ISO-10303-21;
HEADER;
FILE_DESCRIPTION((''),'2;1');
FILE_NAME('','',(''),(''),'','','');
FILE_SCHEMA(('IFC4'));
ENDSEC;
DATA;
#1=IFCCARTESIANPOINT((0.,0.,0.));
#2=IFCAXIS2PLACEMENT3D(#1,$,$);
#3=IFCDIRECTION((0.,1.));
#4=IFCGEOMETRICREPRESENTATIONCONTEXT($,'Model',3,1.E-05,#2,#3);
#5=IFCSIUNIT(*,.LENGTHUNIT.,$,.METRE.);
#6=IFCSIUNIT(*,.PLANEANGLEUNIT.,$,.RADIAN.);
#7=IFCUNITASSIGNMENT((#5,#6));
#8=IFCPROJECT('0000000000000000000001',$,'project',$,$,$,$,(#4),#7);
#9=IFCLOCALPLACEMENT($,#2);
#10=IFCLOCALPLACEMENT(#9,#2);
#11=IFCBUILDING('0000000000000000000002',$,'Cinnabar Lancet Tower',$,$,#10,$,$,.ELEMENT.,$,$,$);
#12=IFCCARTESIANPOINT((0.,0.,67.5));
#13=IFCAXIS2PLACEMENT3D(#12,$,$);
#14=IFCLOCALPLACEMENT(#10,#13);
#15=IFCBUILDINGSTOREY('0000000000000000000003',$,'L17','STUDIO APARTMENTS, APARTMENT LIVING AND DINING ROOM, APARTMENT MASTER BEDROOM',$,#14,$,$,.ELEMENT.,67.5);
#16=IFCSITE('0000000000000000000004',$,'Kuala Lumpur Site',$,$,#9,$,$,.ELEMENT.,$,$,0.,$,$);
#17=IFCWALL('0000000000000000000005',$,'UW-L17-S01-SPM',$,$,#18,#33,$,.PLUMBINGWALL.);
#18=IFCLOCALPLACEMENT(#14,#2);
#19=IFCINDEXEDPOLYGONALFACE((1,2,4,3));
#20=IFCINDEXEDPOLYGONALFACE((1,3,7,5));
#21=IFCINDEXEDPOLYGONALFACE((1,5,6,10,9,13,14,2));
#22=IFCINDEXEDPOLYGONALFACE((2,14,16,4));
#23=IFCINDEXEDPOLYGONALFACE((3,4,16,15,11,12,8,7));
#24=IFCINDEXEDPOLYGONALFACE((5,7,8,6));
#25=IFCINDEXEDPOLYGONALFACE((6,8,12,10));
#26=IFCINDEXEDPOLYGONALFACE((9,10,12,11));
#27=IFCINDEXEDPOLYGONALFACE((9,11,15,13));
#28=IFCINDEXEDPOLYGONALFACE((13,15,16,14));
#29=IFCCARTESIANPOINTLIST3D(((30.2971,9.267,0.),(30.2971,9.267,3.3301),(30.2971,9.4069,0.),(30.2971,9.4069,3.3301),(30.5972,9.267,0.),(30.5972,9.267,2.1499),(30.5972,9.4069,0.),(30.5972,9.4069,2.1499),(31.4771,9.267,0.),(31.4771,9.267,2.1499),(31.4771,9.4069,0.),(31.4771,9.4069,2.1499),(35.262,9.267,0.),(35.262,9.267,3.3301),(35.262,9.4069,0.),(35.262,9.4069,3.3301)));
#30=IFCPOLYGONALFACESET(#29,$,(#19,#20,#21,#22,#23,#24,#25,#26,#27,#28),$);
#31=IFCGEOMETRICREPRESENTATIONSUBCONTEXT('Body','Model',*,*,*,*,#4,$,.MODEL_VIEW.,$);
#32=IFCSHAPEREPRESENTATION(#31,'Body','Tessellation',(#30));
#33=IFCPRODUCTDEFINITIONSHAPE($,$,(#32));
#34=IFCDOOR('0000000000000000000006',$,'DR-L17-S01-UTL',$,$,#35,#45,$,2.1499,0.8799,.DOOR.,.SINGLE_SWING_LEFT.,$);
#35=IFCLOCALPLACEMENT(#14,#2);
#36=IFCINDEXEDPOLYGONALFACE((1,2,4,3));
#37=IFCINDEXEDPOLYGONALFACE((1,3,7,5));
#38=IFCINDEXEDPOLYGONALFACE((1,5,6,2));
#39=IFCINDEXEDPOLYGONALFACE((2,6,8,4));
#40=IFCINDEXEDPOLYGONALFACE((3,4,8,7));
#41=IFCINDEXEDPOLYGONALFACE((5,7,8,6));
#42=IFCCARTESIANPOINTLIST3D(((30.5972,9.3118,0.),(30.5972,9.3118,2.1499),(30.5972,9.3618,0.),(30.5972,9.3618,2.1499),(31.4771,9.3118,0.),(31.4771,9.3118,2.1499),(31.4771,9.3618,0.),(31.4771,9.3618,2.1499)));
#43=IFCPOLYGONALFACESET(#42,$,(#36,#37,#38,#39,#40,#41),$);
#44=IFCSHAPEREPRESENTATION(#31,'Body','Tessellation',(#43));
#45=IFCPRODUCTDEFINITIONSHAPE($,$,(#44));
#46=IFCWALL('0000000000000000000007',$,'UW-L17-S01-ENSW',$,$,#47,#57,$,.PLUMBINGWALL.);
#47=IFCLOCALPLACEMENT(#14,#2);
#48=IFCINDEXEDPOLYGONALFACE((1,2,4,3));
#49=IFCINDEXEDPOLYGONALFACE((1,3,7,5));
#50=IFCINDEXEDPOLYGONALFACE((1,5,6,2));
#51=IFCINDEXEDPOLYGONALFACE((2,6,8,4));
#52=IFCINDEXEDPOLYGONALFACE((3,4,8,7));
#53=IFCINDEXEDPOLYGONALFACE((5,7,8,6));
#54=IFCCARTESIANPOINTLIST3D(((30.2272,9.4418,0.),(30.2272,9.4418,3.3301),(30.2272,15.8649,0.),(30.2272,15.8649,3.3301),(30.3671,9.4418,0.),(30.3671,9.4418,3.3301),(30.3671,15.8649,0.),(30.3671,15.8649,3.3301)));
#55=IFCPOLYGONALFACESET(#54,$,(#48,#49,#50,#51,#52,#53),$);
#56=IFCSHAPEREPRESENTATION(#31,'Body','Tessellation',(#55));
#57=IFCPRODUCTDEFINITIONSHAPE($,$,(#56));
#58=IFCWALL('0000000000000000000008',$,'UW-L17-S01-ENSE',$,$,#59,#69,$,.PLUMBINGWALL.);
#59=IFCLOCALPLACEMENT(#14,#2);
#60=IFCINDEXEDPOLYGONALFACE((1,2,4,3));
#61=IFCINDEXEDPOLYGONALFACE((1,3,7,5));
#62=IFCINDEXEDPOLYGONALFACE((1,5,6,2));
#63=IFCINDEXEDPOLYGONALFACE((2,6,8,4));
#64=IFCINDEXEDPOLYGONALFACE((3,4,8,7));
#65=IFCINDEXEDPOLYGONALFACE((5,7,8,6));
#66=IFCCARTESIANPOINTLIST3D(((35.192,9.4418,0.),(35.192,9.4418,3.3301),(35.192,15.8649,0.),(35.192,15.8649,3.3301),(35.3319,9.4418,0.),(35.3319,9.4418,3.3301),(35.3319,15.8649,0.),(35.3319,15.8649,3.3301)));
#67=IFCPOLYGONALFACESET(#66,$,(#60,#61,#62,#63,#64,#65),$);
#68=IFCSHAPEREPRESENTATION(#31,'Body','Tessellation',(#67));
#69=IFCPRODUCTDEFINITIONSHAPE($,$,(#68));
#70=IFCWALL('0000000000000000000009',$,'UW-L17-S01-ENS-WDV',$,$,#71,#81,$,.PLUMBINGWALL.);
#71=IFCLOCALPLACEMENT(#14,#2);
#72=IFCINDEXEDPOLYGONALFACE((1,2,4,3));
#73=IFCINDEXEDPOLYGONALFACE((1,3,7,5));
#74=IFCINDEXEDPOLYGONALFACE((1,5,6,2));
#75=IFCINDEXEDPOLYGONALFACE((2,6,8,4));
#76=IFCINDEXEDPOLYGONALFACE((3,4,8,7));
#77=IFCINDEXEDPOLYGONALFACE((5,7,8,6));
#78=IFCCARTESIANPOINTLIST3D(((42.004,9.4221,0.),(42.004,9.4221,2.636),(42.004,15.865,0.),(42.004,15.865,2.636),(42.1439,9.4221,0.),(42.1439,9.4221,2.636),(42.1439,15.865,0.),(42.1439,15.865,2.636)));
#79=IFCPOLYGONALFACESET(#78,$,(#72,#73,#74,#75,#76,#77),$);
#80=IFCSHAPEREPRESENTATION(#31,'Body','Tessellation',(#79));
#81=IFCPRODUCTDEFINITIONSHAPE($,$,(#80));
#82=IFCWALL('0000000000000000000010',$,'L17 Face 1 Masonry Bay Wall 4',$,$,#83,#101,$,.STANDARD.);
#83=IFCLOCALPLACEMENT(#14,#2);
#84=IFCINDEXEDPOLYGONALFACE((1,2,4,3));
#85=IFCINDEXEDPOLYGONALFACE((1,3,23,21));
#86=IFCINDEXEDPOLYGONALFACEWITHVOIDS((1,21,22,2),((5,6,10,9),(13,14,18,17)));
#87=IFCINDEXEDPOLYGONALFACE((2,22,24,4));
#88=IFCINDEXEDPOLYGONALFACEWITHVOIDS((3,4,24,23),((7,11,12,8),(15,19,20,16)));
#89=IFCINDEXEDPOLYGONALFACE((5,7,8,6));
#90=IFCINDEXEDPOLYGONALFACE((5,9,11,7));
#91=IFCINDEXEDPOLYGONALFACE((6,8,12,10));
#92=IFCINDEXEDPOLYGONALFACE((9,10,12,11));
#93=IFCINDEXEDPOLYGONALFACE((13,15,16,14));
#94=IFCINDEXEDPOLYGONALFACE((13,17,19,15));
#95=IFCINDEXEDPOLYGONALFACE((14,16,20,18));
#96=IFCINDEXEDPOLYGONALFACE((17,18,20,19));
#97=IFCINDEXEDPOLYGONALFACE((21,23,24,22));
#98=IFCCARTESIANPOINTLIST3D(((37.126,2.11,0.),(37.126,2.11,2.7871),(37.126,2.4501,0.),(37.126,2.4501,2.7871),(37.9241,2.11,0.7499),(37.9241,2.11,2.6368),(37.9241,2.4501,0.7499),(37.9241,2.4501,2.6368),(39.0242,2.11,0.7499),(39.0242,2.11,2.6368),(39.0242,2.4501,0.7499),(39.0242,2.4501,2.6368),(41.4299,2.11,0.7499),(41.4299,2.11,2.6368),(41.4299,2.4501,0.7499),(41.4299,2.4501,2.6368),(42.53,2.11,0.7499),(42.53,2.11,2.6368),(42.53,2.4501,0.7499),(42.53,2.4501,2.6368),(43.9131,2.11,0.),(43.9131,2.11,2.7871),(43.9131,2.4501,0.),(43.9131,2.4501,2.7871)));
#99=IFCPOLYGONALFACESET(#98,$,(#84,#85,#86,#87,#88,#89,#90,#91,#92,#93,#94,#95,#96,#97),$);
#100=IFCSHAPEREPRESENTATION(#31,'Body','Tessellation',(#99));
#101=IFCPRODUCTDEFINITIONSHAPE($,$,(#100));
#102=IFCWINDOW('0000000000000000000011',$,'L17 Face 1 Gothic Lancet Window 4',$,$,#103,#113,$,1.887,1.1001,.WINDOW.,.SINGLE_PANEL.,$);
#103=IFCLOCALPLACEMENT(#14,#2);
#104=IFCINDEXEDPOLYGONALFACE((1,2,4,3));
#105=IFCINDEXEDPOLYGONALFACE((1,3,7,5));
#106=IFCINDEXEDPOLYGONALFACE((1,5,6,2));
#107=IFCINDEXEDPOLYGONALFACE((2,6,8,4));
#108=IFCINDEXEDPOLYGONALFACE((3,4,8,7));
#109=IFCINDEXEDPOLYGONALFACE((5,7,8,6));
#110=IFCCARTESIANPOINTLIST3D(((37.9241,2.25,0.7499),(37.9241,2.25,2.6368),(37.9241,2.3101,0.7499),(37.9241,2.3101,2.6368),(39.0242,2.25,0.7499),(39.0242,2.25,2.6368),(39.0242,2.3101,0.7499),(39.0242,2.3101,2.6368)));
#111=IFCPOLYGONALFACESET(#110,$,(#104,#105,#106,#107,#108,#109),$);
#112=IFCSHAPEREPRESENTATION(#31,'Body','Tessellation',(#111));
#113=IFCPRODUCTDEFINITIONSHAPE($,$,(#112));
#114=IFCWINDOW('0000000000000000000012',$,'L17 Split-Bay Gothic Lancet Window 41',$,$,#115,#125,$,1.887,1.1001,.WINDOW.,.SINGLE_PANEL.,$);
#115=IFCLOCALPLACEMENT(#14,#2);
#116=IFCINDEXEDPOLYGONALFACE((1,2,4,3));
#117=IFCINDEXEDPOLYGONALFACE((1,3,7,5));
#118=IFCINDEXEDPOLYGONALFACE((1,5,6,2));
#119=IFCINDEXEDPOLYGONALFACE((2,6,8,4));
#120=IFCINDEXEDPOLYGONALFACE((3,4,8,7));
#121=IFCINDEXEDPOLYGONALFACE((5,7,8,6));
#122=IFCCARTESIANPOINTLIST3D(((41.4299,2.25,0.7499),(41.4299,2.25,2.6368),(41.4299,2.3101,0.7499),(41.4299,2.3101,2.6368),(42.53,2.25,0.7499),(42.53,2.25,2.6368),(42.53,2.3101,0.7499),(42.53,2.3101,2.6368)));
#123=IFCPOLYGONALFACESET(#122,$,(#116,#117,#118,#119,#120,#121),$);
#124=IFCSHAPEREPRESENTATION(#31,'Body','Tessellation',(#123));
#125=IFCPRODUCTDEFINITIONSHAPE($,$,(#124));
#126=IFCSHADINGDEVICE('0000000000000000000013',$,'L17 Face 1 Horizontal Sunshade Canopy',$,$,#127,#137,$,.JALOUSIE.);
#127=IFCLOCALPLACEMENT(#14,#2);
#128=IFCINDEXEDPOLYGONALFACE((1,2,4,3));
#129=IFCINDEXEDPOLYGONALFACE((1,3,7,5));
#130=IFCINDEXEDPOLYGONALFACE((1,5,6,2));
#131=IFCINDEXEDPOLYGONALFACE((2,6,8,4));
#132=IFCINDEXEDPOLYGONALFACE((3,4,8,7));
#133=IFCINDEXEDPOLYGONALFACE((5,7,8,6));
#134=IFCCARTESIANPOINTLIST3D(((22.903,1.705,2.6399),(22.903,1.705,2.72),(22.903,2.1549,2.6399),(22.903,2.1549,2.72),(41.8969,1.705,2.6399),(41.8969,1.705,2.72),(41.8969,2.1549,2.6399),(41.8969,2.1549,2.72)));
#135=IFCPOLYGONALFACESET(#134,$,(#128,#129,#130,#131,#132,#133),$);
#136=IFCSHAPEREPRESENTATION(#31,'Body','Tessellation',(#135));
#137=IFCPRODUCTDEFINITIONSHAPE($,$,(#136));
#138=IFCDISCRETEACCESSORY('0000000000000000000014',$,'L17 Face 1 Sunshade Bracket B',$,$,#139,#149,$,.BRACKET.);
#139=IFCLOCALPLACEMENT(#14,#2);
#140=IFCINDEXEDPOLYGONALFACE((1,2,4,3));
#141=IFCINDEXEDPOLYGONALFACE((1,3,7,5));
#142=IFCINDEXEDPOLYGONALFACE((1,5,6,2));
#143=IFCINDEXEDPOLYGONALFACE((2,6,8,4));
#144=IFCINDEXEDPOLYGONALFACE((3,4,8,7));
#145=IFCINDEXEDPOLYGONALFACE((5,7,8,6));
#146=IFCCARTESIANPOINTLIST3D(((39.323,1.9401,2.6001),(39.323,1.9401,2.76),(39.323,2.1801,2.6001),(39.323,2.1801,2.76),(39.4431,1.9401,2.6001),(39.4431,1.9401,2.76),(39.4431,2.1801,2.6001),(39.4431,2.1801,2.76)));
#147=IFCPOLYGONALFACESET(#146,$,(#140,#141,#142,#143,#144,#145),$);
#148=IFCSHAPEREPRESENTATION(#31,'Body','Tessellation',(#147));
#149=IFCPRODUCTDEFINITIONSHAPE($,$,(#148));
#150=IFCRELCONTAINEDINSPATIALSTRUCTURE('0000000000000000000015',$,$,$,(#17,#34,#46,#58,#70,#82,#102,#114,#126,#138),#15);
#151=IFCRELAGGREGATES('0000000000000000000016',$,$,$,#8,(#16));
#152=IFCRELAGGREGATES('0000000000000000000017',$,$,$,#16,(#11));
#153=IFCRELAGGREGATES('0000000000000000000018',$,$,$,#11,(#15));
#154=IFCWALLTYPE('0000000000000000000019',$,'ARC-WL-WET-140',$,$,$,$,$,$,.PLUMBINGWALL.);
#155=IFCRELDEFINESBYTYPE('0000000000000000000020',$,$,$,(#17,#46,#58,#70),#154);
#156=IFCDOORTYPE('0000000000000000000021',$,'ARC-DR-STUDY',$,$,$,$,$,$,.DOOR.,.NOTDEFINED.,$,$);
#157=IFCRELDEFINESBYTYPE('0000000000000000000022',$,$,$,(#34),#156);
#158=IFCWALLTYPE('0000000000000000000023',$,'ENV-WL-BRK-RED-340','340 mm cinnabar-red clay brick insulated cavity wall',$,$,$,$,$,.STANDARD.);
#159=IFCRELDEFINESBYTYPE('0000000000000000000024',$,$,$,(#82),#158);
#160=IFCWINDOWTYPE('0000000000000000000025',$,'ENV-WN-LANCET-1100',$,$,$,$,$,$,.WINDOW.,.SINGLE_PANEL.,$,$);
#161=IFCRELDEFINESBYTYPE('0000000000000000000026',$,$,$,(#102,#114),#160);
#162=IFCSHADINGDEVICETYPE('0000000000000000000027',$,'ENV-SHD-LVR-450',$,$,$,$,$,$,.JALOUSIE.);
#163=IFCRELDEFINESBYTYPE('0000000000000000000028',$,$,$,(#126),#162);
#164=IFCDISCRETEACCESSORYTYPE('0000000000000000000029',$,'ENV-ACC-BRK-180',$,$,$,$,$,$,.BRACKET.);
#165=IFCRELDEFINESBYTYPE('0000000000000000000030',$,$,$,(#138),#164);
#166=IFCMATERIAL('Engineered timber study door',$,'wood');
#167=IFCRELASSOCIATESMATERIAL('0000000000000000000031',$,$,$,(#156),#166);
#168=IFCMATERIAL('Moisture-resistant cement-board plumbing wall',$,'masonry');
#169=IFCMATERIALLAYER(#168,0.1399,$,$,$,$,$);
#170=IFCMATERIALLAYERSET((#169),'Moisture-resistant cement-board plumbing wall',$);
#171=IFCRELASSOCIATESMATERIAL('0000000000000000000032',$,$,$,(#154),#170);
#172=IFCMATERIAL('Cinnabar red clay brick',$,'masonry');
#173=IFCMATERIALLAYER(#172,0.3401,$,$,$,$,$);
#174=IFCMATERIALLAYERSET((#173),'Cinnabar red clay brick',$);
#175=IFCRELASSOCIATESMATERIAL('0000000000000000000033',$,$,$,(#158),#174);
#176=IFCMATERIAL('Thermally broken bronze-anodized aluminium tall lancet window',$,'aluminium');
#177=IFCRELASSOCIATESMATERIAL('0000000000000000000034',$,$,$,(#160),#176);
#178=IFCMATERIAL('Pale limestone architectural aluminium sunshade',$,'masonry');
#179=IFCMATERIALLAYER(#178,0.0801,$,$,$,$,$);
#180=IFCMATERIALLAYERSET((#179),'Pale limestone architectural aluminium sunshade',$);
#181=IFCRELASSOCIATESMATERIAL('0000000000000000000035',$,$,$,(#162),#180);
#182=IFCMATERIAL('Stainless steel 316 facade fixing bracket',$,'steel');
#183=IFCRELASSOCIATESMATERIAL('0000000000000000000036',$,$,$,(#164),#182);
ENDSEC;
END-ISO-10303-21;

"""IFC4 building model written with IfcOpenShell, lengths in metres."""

from ifc_helpers import new_model, si_unit, direction, frame, frame_2d, origin, origin_2d, place, context, subcontext, project, spatial, rectangle, extrude, material, layer, layer_set, type_object, element, fill, save


model = new_model("IFC4")

# Units and contexts
model_context = context("Model", 3, precision=1e-05, world=origin(), true_north=direction((0.0, 1.0)))
body_context = subcontext(model_context, "Body", "Model", "MODEL_VIEW")
ifc_project = project(units=[si_unit("LENGTHUNIT", "METRE"), si_unit("PLANEANGLEUNIT", "RADIAN")], contexts=[model_context])

# Site, building, storey
site_placement = place(None, origin())
site = spatial("IfcSite", under=ifc_project, at=site_placement, Name="Kuala Lumpur Site", CompositionType="ELEMENT", RefElevation=0.0)
building_placement = place(site_placement, origin())
building = spatial("IfcBuilding", under=site, at=building_placement, Name="Cinnabar Lancet Tower", CompositionType="ELEMENT")
storey_placement = place(building_placement, frame((0.0, 0.0, 67.5)))
storey = spatial("IfcBuildingStorey", under=building, at=storey_placement, Name="L17", Description="STUDIO APARTMENTS, APARTMENT LIVING AND DINING ROOM, APARTMENT MASTER BEDROOM", CompositionType="ELEMENT", Elevation=67.5)

# Shared definitions
ifc_material_1 = material(Name="Engineered timber study door", Category="wood")
door_type_1 = type_object("IfcDoorType", Name="ARC-DR-STUDY", OperationType="NOTDEFINED", PredefinedType="DOOR", material=ifc_material_1)

# Wall, opening, door
ifc_material_2 = material(Name="Moisture-resistant cement-board plumbing wall", Category="masonry")
ifc_layer_1 = layer(ifc_material_2, 0.1399)
ifc_layer_set_1 = layer_set([ifc_layer_1], Name="Moisture-resistant cement-board plumbing wall")
wall_type_1 = type_object("IfcWallType", Name="ARC-WL-WET-140", PredefinedType="PLUMBINGWALL", material=ifc_layer_set_1)
wall_1_placement = place(storey_placement, frame((30.2971, 9.3369, 0.0), z_axis=(0.0, 0.0, 1.0), x_axis=(1.0, 0.0, 0.0)))
wall_1 = element("IfcWall", 1, at=wall_1_placement, inside=storey, type_object=wall_type_1, Name="UW-L17-S01-SPM", PredefinedType="PLUMBINGWALL", context=body_context, shape_type="SweptSolid", body=[
    extrude(rectangle(XDim=4.9648, YDim=0.1399, at=frame_2d((2.4824, 0.0))), origin(), (0.0, 0.0, 1.0), 3.3301),
])
opening_1_placement = place(wall_1_placement, frame((0.3, 0.0, 0.0)))
opening_1 = element("IfcOpeningElement", 2, at=opening_1_placement, cuts=wall_1, PredefinedType="OPENING", context=body_context, shape_type="SweptSolid", body=[
    extrude(rectangle(XDim=0.8799, YDim=2.1499, at=frame_2d((0.4399, 1.075))), frame((0.0, 0.0798, 0.0), z_axis=(0.0, -1.0, 0.0), x_axis=(1.0, 0.0, 0.0)), (0.0, 0.0, 1.0), 0.1599),
])
door_1_placement = place(opening_1_placement, origin())
door_1 = element("IfcDoor", 3, at=door_1_placement, inside=storey, type_object=door_type_1, Name="DR-L17-S01-UTL", OperationType="SINGLE_SWING_LEFT", OverallHeight=2.1499, OverallWidth=0.8799, PredefinedType="DOOR", context=body_context, shape_type="SweptSolid", body=[
    extrude(rectangle(XDim=0.8799, YDim=2.1499, at=frame_2d((0.4399, 1.075))), frame((0.0, 0.0249, 0.0), z_axis=(0.0, -1.0, 0.0), x_axis=(1.0, 0.0, 0.0)), (0.0, 0.0, 1.0), 0.05),
])
fill(opening_1, door_1)

# Walls
for number, where, z_axis, x_axis, name in (
    (4, (30.2971, 9.4419, 0.0), (0.0, 0.0, 1.0), (0.0, 1.0, 0.0), "UW-L17-S01-ENSW"),
    (5, (35.262, 9.4419, 0.0), (0.0, 0.0, 1.0), (0.0, 1.0, 0.0), "UW-L17-S01-ENSE"),
):
    element("IfcWall", number, at=place(storey_placement, frame(where, z_axis=z_axis, x_axis=x_axis)), inside=storey, type_object=wall_type_1, Name=name, PredefinedType="PLUMBINGWALL", context=body_context, shape_type="SweptSolid", body=[
        extrude(rectangle(XDim=6.4231, YDim=0.1399, at=frame_2d((3.2114, 0.0))), origin(), (0.0, 0.0, 1.0), 3.3301),
    ])
wall_2_placement = place(storey_placement, frame((42.074, 9.4221, 0.0), z_axis=(0.0, 0.0, 1.0), x_axis=(0.0, 1.0, 0.0)))
element("IfcWall", 6, at=wall_2_placement, inside=storey, type_object=wall_type_1, Name="UW-L17-S01-ENS-WDV", PredefinedType="PLUMBINGWALL", context=body_context, shape_type="SweptSolid", body=[
    extrude(rectangle(XDim=6.4429, YDim=0.1399, at=frame_2d((3.2214, 0.0))), origin(), (0.0, 0.0, 1.0), 2.636),
])

# Wall, openings, windows
ifc_material_3 = material(Name="Cinnabar red clay brick", Category="masonry")
ifc_layer_2 = layer(ifc_material_3, 0.3401)
ifc_layer_set_2 = layer_set([ifc_layer_2], Name="Cinnabar red clay brick")
wall_type_2 = type_object("IfcWallType", Name="ENV-WL-BRK-RED-340", Description="340 mm cinnabar-red clay brick insulated cavity wall", PredefinedType="STANDARD", material=ifc_layer_set_2)
wall_3_placement = place(storey_placement, frame((37.126, 2.28, 0.0), z_axis=(0.0, 0.0, 1.0), x_axis=(1.0, 0.0, 0.0)))
wall_3 = element("IfcWall", 7, at=wall_3_placement, inside=storey, type_object=wall_type_2, Name="L17 Face 1 Masonry Bay Wall 4", PredefinedType="STANDARD", context=body_context, shape_type="SweptSolid", body=[
    extrude(rectangle(XDim=6.7871, YDim=0.3401, at=frame_2d((3.3936, 0.0))), origin(), (0.0, 0.0, 1.0), 2.7871),
])
opening_2_placement = place(wall_3_placement, frame((0.7981, 0.0, 0.75)))
opening_2 = element("IfcOpeningElement", 8, at=opening_2_placement, cuts=wall_3, PredefinedType="OPENING", context=body_context, shape_type="SweptSolid", body=[
    extrude(rectangle(XDim=1.1001, YDim=1.887, at=frame_2d((0.55, 0.9434))), frame((0.0, 0.1799, 0.0), z_axis=(0.0, -1.0, 0.0), x_axis=(1.0, 0.0, 0.0)), (0.0, 0.0, 1.0), 0.3601),
])
opening_3_placement = place(wall_3_placement, frame((4.304, 0.0, 0.75)))
opening_3 = element("IfcOpeningElement", 9, at=opening_3_placement, cuts=wall_3, PredefinedType="OPENING", context=body_context, shape_type="SweptSolid", body=[
    extrude(rectangle(XDim=1.1001, YDim=1.887, at=frame_2d((0.55, 0.9434))), frame((0.0, 0.1799, 0.0), z_axis=(0.0, -1.0, 0.0), x_axis=(1.0, 0.0, 0.0)), (0.0, 0.0, 1.0), 0.3601),
])
ifc_material_4 = material(Name="Thermally broken bronze-anodized aluminium tall lancet window", Category="aluminium")
window_type = type_object("IfcWindowType", Name="ENV-WN-LANCET-1100", PartitioningType="SINGLE_PANEL", PredefinedType="WINDOW", material=ifc_material_4)
window_1_placement = place(opening_2_placement, origin())
window_1 = element("IfcWindow", 10, at=window_1_placement, inside=storey, type_object=window_type, Name="L17 Face 1 Gothic Lancet Window 4", OverallHeight=1.887, OverallWidth=1.1001, PartitioningType="SINGLE_PANEL", PredefinedType="WINDOW", context=body_context, shape_type="SweptSolid", body=[
    extrude(rectangle(XDim=1.1001, YDim=1.887, at=frame_2d((0.55, 0.9434))), frame((0.0, 0.03, 0.0), z_axis=(0.0, -1.0, 0.0), x_axis=(1.0, 0.0, 0.0)), (0.0, 0.0, 1.0), 0.0601),
])
fill(opening_2, window_1)
window_2_placement = place(opening_3_placement, origin())
window_2 = element("IfcWindow", 11, at=window_2_placement, inside=storey, type_object=window_type, Name="L17 Split-Bay Gothic Lancet Window 41", OverallHeight=1.887, OverallWidth=1.1001, PartitioningType="SINGLE_PANEL", PredefinedType="WINDOW", context=body_context, shape_type="SweptSolid", body=[
    extrude(rectangle(XDim=1.1001, YDim=1.887, at=frame_2d((0.55, 0.9434))), frame((0.0, 0.03, 0.0), z_axis=(0.0, -1.0, 0.0), x_axis=(1.0, 0.0, 0.0)), (0.0, 0.0, 1.0), 0.0601),
])
fill(opening_3, window_2)

# Shading device
ifc_material_5 = material(Name="Pale limestone architectural aluminium sunshade", Category="masonry")
ifc_layer_3 = layer(ifc_material_5, 0.0801)
ifc_layer_set_3 = layer_set([ifc_layer_3], Name="Pale limestone architectural aluminium sunshade")
shading_device_type = type_object("IfcShadingDeviceType", Name="ENV-SHD-LVR-450", PredefinedType="JALOUSIE", material=ifc_layer_set_3)
shading_device_placement = place(storey_placement, frame((32.3999, 1.9299, 2.6399), z_axis=(0.0, 0.0, 1.0), x_axis=(1.0, 0.0, 0.0)))
element("IfcShadingDevice", 12, at=shading_device_placement, inside=storey, type_object=shading_device_type, Name="L17 Face 1 Horizontal Sunshade Canopy", PredefinedType="JALOUSIE", context=body_context, shape_type="SweptSolid", body=[
    extrude(rectangle(XDim=18.9939, YDim=0.45, at=origin_2d()), origin(), (0.0, 0.0, 1.0), 0.0801),
])

# Discrete accessory
ifc_material_6 = material(Name="Stainless steel 316 facade fixing bracket", Category="steel")
discrete_accessory_type = type_object("IfcDiscreteAccessoryType", Name="ENV-ACC-BRK-180", PredefinedType="BRACKET", material=ifc_material_6)
discrete_accessory_placement = place(storey_placement, frame((39.3831, 2.0601, 2.6001), z_axis=(0.0, 0.0, 1.0), x_axis=(1.0, 0.0, 0.0)))
element("IfcDiscreteAccessory", 13, at=discrete_accessory_placement, inside=storey, type_object=discrete_accessory_type, Name="L17 Face 1 Sunshade Bracket B", PredefinedType="BRACKET", context=body_context, shape_type="SweptSolid", body=[
    extrude(rectangle(XDim=0.1201, YDim=0.24, at=origin_2d()), origin(), (0.0, 0.0, 1.0), 0.1599),
])

save(model, "model.ifc")
